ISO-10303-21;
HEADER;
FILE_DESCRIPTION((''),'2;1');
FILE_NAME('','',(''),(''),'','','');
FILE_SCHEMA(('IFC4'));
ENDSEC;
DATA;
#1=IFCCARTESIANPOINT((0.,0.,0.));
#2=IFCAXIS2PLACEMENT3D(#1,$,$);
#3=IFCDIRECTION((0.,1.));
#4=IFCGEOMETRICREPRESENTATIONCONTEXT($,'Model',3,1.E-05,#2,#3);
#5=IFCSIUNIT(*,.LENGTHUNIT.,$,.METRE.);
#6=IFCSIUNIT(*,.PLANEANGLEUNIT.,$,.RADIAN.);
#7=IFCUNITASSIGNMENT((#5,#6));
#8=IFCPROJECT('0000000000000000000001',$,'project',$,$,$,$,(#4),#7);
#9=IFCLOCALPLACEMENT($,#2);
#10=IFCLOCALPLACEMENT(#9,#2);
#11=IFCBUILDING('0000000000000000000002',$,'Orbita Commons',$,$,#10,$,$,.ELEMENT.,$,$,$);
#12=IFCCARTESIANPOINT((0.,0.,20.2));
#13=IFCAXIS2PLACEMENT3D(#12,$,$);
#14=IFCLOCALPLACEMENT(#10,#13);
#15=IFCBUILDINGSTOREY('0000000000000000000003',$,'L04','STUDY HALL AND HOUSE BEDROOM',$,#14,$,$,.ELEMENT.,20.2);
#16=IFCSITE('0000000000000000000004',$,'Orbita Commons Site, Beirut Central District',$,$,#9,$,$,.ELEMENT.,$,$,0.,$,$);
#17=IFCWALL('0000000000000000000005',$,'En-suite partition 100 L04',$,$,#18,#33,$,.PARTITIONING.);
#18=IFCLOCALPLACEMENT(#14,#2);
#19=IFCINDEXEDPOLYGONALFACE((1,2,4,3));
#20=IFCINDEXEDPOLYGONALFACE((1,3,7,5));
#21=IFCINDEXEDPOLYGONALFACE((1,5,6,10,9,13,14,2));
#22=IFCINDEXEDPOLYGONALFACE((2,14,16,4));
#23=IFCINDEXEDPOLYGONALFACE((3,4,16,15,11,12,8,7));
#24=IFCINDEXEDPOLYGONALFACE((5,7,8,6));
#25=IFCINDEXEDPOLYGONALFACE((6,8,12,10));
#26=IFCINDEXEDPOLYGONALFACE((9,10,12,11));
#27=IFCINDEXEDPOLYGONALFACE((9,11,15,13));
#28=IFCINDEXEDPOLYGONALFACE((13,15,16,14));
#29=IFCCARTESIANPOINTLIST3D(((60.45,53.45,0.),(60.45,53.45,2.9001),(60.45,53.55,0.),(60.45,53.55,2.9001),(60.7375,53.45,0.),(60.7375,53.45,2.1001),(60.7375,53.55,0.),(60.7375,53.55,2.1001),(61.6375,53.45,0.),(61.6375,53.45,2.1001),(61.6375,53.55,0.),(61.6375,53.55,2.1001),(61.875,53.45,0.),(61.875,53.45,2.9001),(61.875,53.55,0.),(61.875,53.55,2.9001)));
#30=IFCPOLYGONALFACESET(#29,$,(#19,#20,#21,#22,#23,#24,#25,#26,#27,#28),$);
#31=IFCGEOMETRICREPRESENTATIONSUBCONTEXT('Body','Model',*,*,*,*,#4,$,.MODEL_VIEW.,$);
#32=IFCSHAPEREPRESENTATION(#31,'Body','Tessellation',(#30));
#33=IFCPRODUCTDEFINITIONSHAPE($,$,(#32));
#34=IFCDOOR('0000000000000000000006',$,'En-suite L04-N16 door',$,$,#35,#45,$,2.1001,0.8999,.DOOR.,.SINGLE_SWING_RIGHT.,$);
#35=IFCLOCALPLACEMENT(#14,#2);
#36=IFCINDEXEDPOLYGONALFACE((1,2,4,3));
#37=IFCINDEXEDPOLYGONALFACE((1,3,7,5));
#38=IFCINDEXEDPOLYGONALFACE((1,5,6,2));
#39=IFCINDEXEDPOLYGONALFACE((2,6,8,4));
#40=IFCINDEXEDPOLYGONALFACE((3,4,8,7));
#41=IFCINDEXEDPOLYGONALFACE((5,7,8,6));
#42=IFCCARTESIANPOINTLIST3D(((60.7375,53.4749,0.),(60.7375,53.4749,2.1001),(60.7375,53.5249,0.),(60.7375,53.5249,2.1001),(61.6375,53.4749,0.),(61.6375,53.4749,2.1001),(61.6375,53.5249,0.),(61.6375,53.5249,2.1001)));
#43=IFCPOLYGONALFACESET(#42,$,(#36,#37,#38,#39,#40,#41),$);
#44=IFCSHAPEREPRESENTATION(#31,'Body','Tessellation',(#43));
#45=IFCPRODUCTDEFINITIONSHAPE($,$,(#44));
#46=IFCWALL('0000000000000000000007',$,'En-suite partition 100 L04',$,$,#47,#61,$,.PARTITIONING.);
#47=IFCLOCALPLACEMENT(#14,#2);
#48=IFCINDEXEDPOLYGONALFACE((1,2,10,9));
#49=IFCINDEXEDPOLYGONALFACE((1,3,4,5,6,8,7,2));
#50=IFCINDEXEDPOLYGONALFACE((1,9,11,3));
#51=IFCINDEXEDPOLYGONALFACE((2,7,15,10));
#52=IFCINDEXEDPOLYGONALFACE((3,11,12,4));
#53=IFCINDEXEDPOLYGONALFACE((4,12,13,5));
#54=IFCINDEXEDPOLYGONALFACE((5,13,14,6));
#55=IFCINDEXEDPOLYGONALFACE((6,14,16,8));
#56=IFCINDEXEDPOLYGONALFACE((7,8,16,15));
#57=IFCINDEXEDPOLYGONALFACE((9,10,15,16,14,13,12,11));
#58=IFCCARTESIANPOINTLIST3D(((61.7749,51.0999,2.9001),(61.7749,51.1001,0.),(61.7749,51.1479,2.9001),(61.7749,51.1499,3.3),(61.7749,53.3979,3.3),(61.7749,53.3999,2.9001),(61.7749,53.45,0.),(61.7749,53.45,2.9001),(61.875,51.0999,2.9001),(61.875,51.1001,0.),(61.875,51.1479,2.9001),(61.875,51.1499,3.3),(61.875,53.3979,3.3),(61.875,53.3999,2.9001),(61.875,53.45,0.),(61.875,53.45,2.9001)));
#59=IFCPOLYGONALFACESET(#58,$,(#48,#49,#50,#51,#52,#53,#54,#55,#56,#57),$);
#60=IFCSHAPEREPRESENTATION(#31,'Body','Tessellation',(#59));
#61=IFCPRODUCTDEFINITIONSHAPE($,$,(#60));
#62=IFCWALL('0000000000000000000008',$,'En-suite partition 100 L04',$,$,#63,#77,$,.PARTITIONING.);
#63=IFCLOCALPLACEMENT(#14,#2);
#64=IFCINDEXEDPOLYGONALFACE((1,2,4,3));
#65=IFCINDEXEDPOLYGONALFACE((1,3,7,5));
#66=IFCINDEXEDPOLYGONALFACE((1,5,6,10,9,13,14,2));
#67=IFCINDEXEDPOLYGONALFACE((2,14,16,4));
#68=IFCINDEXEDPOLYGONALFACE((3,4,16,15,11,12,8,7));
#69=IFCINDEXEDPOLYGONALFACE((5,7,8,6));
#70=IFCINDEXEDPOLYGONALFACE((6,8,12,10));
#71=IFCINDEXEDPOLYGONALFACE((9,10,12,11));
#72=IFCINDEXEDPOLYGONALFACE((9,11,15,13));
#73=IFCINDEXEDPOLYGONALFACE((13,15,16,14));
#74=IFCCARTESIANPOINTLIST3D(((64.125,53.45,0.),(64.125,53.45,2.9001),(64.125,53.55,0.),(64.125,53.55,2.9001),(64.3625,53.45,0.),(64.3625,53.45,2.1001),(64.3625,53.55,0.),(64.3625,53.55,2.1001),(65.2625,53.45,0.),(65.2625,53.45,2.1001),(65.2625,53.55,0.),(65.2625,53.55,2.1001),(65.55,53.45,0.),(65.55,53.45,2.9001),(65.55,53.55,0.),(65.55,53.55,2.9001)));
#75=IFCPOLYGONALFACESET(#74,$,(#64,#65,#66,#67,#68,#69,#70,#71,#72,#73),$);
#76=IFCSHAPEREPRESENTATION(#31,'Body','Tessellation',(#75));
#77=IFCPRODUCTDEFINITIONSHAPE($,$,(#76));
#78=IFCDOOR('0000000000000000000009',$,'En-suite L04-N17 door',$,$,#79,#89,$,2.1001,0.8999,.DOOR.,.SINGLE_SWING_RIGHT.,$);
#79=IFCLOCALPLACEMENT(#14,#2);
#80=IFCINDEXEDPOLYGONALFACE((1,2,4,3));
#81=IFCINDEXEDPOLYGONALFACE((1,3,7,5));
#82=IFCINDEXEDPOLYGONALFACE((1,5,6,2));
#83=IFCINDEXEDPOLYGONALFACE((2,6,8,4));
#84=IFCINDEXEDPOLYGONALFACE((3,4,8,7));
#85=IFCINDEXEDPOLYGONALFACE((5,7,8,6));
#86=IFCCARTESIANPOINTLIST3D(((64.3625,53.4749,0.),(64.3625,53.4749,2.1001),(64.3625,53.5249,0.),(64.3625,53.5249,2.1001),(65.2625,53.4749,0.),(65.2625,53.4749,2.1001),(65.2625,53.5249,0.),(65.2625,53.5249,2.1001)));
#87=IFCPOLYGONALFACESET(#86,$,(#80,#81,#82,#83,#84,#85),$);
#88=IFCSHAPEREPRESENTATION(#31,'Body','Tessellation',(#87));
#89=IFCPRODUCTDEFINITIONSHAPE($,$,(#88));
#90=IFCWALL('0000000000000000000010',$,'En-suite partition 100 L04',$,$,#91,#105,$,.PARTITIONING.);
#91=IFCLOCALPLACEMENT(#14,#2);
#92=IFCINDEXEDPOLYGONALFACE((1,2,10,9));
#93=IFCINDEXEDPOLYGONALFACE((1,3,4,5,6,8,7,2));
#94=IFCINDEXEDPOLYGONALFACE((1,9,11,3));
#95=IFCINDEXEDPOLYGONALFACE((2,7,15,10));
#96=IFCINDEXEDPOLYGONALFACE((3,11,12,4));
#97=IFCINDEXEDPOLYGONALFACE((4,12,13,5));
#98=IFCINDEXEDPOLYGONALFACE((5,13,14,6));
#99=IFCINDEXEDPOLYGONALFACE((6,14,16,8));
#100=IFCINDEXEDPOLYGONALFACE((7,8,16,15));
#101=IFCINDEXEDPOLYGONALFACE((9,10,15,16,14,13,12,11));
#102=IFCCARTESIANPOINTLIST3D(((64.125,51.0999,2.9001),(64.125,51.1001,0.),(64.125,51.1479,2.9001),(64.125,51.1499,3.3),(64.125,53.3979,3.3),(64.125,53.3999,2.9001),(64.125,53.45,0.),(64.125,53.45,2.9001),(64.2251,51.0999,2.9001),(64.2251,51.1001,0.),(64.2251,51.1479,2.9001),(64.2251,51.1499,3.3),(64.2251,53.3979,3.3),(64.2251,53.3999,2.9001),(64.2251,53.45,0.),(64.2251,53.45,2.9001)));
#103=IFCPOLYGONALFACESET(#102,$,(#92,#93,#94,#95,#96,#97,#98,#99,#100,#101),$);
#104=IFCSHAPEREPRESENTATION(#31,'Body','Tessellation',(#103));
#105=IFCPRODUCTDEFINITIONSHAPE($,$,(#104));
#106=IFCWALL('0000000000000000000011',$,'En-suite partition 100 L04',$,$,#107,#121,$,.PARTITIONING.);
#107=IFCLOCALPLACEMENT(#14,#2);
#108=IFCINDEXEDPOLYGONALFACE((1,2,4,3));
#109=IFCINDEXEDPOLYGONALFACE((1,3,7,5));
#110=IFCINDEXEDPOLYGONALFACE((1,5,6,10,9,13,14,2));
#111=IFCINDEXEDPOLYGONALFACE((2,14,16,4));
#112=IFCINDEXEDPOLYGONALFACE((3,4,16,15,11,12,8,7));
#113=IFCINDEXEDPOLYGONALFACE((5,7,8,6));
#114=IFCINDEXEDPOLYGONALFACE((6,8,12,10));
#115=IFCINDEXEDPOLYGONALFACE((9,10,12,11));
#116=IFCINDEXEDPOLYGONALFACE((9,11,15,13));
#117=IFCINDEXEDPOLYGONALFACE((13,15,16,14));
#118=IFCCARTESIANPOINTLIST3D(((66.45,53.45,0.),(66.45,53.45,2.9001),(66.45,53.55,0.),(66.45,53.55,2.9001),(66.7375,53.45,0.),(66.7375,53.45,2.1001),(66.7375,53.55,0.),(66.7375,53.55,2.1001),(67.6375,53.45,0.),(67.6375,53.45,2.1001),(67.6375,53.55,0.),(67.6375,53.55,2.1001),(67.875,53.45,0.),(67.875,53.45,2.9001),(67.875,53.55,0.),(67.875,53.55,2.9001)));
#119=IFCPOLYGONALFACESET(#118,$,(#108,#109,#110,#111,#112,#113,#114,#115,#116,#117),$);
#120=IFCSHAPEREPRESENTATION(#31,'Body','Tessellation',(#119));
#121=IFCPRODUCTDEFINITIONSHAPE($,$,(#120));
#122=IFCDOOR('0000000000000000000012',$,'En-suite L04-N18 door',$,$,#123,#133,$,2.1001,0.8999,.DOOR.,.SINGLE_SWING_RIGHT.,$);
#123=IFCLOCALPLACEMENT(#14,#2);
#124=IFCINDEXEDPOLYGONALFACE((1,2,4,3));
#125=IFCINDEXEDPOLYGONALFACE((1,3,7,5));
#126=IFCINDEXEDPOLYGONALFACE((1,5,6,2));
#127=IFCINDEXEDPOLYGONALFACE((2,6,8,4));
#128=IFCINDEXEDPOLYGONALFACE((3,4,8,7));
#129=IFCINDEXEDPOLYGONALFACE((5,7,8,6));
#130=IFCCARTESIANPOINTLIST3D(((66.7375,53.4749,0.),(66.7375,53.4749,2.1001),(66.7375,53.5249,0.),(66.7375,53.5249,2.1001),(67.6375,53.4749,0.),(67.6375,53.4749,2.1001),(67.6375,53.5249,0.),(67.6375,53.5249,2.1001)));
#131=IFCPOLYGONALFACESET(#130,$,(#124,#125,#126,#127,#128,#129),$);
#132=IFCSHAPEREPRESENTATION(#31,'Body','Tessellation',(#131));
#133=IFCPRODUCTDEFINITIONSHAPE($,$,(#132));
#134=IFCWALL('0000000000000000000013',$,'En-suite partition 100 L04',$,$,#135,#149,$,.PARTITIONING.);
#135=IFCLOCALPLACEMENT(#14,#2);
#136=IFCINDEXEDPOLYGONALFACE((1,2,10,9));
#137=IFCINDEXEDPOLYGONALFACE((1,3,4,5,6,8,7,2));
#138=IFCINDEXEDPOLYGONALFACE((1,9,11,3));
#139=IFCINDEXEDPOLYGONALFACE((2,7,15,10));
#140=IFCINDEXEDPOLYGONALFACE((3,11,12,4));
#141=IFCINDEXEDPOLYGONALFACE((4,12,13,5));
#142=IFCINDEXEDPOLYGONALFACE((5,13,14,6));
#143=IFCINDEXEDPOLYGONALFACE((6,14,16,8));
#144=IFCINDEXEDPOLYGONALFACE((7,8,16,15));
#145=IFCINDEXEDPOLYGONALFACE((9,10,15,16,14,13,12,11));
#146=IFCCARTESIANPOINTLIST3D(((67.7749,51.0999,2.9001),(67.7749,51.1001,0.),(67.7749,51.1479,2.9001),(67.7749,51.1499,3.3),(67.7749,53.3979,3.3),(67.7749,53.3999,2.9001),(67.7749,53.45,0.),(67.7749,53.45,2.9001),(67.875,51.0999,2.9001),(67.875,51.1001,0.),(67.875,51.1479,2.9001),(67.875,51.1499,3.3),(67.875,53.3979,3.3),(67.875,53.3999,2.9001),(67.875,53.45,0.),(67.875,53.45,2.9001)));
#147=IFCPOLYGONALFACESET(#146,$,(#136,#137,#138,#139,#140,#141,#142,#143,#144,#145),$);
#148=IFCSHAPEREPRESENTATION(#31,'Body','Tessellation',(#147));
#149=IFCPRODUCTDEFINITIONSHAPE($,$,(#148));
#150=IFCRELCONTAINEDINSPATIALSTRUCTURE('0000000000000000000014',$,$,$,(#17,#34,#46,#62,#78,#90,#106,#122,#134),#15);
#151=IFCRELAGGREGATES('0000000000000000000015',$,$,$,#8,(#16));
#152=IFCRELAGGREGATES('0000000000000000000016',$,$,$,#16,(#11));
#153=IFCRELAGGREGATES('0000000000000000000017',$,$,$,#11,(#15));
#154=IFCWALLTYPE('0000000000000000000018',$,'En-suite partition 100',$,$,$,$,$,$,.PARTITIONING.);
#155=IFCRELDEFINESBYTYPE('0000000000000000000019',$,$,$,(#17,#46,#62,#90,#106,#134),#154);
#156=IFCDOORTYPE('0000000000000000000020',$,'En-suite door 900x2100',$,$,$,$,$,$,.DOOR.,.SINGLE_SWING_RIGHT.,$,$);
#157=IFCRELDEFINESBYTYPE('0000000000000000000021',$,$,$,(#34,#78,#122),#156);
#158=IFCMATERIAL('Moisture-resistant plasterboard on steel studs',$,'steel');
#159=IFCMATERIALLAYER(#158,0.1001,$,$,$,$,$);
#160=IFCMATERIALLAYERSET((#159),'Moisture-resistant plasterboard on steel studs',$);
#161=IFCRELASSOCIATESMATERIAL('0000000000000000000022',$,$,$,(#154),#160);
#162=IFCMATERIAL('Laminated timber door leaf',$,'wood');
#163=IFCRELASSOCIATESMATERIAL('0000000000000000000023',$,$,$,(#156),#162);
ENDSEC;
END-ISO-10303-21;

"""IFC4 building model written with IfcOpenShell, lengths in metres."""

from ifc_helpers import new_model, si_unit, direction, frame, frame_2d, origin, place, context, subcontext, project, spatial, polyline, rectangle, outline, extrude, material, layer, layer_set, type_object, element, fill, save


model = new_model("IFC4")

# Units and contexts
model_context = context("Model", 3, precision=1e-05, world=origin(), true_north=direction((0.0, 1.0)))
body_context = subcontext(model_context, "Body", "Model", "MODEL_VIEW")
ifc_project = project(units=[si_unit("LENGTHUNIT", "METRE"), si_unit("PLANEANGLEUNIT", "RADIAN")], contexts=[model_context])

# Site, building, storey
site_placement = place(None, origin())
site = spatial("IfcSite", under=ifc_project, at=site_placement, Name="Orbita Commons Site, Beirut Central District", CompositionType="ELEMENT", RefElevation=0.0)
building_placement = place(site_placement, origin())
building = spatial("IfcBuilding", under=site, at=building_placement, Name="Orbita Commons", CompositionType="ELEMENT")
storey_placement = place(building_placement, frame((0.0, 0.0, 20.2)))
storey = spatial("IfcBuildingStorey", under=building, at=storey_placement, Name="L04", Description="STUDY HALL AND HOUSE BEDROOM", CompositionType="ELEMENT", Elevation=20.2)

# Wall, opening, door
ifc_material_1 = material(Name="Moisture-resistant plasterboard on steel studs", Category="steel")
ifc_layer_1 = layer(ifc_material_1, 0.1001)
ifc_layer_set_1 = layer_set([ifc_layer_1], Name="Moisture-resistant plasterboard on steel studs")
wall_type_1 = type_object("IfcWallType", Name="En-suite partition 100", PredefinedType="PARTITIONING", material=ifc_layer_set_1)
wall_1_placement = place(storey_placement, frame((60.45, 53.5, 0.0), z_axis=(0.0, 0.0, 1.0), x_axis=(1.0, 0.0, 0.0)))
wall_1 = element("IfcWall", 1, at=wall_1_placement, inside=storey, type_object=wall_type_1, Name="En-suite partition 100 L04", PredefinedType="PARTITIONING", context=body_context, shape_type="SweptSolid", body=[
    extrude(outline(polyline([(0.0, 0.0), (1.425, 0.0), (1.425, 2.9001), (0.0, 2.9001), (0.0, 0.0)])), frame((0.0, 0.05, 0.0), z_axis=(0.0, -1.0, 0.0), x_axis=(1.0, 0.0, 0.0)), (0.0, 0.0, 1.0), 0.1001),
])
opening_1_placement = place(wall_1_placement, frame((0.2876, 0.0, 0.0)))
opening_1 = element("IfcOpeningElement", 2, at=opening_1_placement, cuts=wall_1, PredefinedType="OPENING", context=body_context, shape_type="SweptSolid", body=[
    extrude(rectangle(XDim=0.8999, YDim=2.1001, at=frame_2d((0.45, 1.05))), frame((0.0, 0.0601, 0.0), z_axis=(0.0, -1.0, 0.0), x_axis=(1.0, 0.0, 0.0)), (0.0, 0.0, 1.0), 0.1201),
])
ifc_material_2 = material(Name="Laminated timber door leaf", Category="wood")
door_type_1 = type_object("IfcDoorType", Name="En-suite door 900x2100", OperationType="SINGLE_SWING_RIGHT", PredefinedType="DOOR", material=ifc_material_2)
door_1_placement = place(opening_1_placement, origin())
door_1 = element("IfcDoor", 3, at=door_1_placement, inside=storey, type_object=door_type_1, Name="En-suite L04-N16 door", OperationType="SINGLE_SWING_RIGHT", OverallHeight=2.1001, OverallWidth=0.8999, PredefinedType="DOOR", context=body_context, shape_type="SweptSolid", body=[
    extrude(rectangle(XDim=0.8999, YDim=2.1001, at=frame_2d((0.45, 1.05))), frame((0.0, 0.0249, 0.0), z_axis=(0.0, -1.0, 0.0), x_axis=(1.0, 0.0, 0.0)), (0.0, 0.0, 1.0), 0.05),
])
fill(opening_1, door_1)

# Wall
wall_2_placement = place(storey_placement, frame((61.825, 53.45, 0.0), z_axis=(0.0, 0.0, 1.0), x_axis=(0.0, -1.0, 0.0)))
element("IfcWall", 4, at=wall_2_placement, inside=storey, type_object=wall_type_1, Name="En-suite partition 100 L04", PredefinedType="PARTITIONING", context=body_context, shape_type="SweptSolid", body=[
    extrude(outline(polyline([(0.0, 0.0), (2.3499, 0.0), (2.3501, 2.9001), (2.302, 2.9001), (2.3, 3.3), (0.052, 3.3), (0.05, 2.9001), (0.0, 2.9001), (0.0, 0.0)])), frame((0.0, 0.05, 0.0), z_axis=(0.0, -1.0, 0.0), x_axis=(1.0, 0.0, 0.0)), (0.0, 0.0, 1.0), 0.1001),
])

# Wall, opening, door
wall_3_placement = place(storey_placement, frame((64.125, 53.5, 0.0), z_axis=(0.0, 0.0, 1.0), x_axis=(1.0, 0.0, 0.0)))
wall_3 = element("IfcWall", 5, at=wall_3_placement, inside=storey, type_object=wall_type_1, Name="En-suite partition 100 L04", PredefinedType="PARTITIONING", context=body_context, shape_type="SweptSolid", body=[
    extrude(outline(polyline([(0.0, 0.0), (1.425, 0.0), (1.425, 2.9001), (0.0, 2.9001), (0.0, 0.0)])), frame((0.0, 0.05, 0.0), z_axis=(0.0, -1.0, 0.0), x_axis=(1.0, 0.0, 0.0)), (0.0, 0.0, 1.0), 0.1001),
])
opening_2_placement = place(wall_3_placement, frame((0.2375, 0.0, 0.0)))
opening_2 = element("IfcOpeningElement", 6, at=opening_2_placement, cuts=wall_3, PredefinedType="OPENING", context=body_context, shape_type="SweptSolid", body=[
    extrude(rectangle(XDim=0.8999, YDim=2.1001, at=frame_2d((0.45, 1.05))), frame((0.0, 0.0601, 0.0), z_axis=(0.0, -1.0, 0.0), x_axis=(1.0, 0.0, 0.0)), (0.0, 0.0, 1.0), 0.1201),
])
door_2_placement = place(opening_2_placement, origin())
door_2 = element("IfcDoor", 7, at=door_2_placement, inside=storey, type_object=door_type_1, Name="En-suite L04-N17 door", OperationType="SINGLE_SWING_RIGHT", OverallHeight=2.1001, OverallWidth=0.8999, PredefinedType="DOOR", context=body_context, shape_type="SweptSolid", body=[
    extrude(rectangle(XDim=0.8999, YDim=2.1001, at=frame_2d((0.45, 1.05))), frame((0.0, 0.0249, 0.0), z_axis=(0.0, -1.0, 0.0), x_axis=(1.0, 0.0, 0.0)), (0.0, 0.0, 1.0), 0.05),
])
fill(opening_2, door_2)

# Wall
wall_4_placement = place(storey_placement, frame((64.175, 53.45, 0.0), z_axis=(0.0, 0.0, 1.0), x_axis=(0.0, -1.0, 0.0)))
element("IfcWall", 8, at=wall_4_placement, inside=storey, type_object=wall_type_1, Name="En-suite partition 100 L04", PredefinedType="PARTITIONING", context=body_context, shape_type="SweptSolid", body=[
    extrude(outline(polyline([(0.0, 0.0), (2.3499, 0.0), (2.3501, 2.9001), (2.302, 2.9001), (2.3, 3.3), (0.052, 3.3), (0.05, 2.9001), (0.0, 2.9001), (0.0, 0.0)])), frame((0.0, 0.05, 0.0), z_axis=(0.0, -1.0, 0.0), x_axis=(1.0, 0.0, 0.0)), (0.0, 0.0, 1.0), 0.1001),
])

# Wall, opening, door
wall_5_placement = place(storey_placement, frame((66.45, 53.5, 0.0), z_axis=(0.0, 0.0, 1.0), x_axis=(1.0, 0.0, 0.0)))
wall_5 = element("IfcWall", 9, at=wall_5_placement, inside=storey, type_object=wall_type_1, Name="En-suite partition 100 L04", PredefinedType="PARTITIONING", context=body_context, shape_type="SweptSolid", body=[
    extrude(outline(polyline([(0.0, 0.0), (1.425, 0.0), (1.425, 2.9001), (0.0, 2.9001), (0.0, 0.0)])), frame((0.0, 0.05, 0.0), z_axis=(0.0, -1.0, 0.0), x_axis=(1.0, 0.0, 0.0)), (0.0, 0.0, 1.0), 0.1001),
])
opening_3_placement = place(wall_5_placement, frame((0.2876, 0.0, 0.0)))
opening_3 = element("IfcOpeningElement", 10, at=opening_3_placement, cuts=wall_5, PredefinedType="OPENING", context=body_context, shape_type="SweptSolid", body=[
    extrude(rectangle(XDim=0.8999, YDim=2.1001, at=frame_2d((0.45, 1.05))), frame((0.0, 0.0601, 0.0), z_axis=(0.0, -1.0, 0.0), x_axis=(1.0, 0.0, 0.0)), (0.0, 0.0, 1.0), 0.1201),
])
door_3_placement = place(opening_3_placement, origin())
door_3 = element("IfcDoor", 11, at=door_3_placement, inside=storey, type_object=door_type_1, Name="En-suite L04-N18 door", OperationType="SINGLE_SWING_RIGHT", OverallHeight=2.1001, OverallWidth=0.8999, PredefinedType="DOOR", context=body_context, shape_type="SweptSolid", body=[
    extrude(rectangle(XDim=0.8999, YDim=2.1001, at=frame_2d((0.45, 1.05))), frame((0.0, 0.0249, 0.0), z_axis=(0.0, -1.0, 0.0), x_axis=(1.0, 0.0, 0.0)), (0.0, 0.0, 1.0), 0.05),
])
fill(opening_3, door_3)

# Wall
wall_6_placement = place(storey_placement, frame((67.825, 53.45, 0.0), z_axis=(0.0, 0.0, 1.0), x_axis=(0.0, -1.0, 0.0)))
element("IfcWall", 12, at=wall_6_placement, inside=storey, type_object=wall_type_1, Name="En-suite partition 100 L04", PredefinedType="PARTITIONING", context=body_context, shape_type="SweptSolid", body=[
    extrude(outline(polyline([(0.0, 0.0), (2.3499, 0.0), (2.3501, 2.9001), (2.302, 2.9001), (2.3, 3.3), (0.052, 3.3), (0.05, 2.9001), (0.0, 2.9001), (0.0, 0.0)])), frame((0.0, 0.05, 0.0), z_axis=(0.0, -1.0, 0.0), x_axis=(1.0, 0.0, 0.0)), (0.0, 0.0, 1.0), 0.1001),
])

save(model, "model.ifc")
